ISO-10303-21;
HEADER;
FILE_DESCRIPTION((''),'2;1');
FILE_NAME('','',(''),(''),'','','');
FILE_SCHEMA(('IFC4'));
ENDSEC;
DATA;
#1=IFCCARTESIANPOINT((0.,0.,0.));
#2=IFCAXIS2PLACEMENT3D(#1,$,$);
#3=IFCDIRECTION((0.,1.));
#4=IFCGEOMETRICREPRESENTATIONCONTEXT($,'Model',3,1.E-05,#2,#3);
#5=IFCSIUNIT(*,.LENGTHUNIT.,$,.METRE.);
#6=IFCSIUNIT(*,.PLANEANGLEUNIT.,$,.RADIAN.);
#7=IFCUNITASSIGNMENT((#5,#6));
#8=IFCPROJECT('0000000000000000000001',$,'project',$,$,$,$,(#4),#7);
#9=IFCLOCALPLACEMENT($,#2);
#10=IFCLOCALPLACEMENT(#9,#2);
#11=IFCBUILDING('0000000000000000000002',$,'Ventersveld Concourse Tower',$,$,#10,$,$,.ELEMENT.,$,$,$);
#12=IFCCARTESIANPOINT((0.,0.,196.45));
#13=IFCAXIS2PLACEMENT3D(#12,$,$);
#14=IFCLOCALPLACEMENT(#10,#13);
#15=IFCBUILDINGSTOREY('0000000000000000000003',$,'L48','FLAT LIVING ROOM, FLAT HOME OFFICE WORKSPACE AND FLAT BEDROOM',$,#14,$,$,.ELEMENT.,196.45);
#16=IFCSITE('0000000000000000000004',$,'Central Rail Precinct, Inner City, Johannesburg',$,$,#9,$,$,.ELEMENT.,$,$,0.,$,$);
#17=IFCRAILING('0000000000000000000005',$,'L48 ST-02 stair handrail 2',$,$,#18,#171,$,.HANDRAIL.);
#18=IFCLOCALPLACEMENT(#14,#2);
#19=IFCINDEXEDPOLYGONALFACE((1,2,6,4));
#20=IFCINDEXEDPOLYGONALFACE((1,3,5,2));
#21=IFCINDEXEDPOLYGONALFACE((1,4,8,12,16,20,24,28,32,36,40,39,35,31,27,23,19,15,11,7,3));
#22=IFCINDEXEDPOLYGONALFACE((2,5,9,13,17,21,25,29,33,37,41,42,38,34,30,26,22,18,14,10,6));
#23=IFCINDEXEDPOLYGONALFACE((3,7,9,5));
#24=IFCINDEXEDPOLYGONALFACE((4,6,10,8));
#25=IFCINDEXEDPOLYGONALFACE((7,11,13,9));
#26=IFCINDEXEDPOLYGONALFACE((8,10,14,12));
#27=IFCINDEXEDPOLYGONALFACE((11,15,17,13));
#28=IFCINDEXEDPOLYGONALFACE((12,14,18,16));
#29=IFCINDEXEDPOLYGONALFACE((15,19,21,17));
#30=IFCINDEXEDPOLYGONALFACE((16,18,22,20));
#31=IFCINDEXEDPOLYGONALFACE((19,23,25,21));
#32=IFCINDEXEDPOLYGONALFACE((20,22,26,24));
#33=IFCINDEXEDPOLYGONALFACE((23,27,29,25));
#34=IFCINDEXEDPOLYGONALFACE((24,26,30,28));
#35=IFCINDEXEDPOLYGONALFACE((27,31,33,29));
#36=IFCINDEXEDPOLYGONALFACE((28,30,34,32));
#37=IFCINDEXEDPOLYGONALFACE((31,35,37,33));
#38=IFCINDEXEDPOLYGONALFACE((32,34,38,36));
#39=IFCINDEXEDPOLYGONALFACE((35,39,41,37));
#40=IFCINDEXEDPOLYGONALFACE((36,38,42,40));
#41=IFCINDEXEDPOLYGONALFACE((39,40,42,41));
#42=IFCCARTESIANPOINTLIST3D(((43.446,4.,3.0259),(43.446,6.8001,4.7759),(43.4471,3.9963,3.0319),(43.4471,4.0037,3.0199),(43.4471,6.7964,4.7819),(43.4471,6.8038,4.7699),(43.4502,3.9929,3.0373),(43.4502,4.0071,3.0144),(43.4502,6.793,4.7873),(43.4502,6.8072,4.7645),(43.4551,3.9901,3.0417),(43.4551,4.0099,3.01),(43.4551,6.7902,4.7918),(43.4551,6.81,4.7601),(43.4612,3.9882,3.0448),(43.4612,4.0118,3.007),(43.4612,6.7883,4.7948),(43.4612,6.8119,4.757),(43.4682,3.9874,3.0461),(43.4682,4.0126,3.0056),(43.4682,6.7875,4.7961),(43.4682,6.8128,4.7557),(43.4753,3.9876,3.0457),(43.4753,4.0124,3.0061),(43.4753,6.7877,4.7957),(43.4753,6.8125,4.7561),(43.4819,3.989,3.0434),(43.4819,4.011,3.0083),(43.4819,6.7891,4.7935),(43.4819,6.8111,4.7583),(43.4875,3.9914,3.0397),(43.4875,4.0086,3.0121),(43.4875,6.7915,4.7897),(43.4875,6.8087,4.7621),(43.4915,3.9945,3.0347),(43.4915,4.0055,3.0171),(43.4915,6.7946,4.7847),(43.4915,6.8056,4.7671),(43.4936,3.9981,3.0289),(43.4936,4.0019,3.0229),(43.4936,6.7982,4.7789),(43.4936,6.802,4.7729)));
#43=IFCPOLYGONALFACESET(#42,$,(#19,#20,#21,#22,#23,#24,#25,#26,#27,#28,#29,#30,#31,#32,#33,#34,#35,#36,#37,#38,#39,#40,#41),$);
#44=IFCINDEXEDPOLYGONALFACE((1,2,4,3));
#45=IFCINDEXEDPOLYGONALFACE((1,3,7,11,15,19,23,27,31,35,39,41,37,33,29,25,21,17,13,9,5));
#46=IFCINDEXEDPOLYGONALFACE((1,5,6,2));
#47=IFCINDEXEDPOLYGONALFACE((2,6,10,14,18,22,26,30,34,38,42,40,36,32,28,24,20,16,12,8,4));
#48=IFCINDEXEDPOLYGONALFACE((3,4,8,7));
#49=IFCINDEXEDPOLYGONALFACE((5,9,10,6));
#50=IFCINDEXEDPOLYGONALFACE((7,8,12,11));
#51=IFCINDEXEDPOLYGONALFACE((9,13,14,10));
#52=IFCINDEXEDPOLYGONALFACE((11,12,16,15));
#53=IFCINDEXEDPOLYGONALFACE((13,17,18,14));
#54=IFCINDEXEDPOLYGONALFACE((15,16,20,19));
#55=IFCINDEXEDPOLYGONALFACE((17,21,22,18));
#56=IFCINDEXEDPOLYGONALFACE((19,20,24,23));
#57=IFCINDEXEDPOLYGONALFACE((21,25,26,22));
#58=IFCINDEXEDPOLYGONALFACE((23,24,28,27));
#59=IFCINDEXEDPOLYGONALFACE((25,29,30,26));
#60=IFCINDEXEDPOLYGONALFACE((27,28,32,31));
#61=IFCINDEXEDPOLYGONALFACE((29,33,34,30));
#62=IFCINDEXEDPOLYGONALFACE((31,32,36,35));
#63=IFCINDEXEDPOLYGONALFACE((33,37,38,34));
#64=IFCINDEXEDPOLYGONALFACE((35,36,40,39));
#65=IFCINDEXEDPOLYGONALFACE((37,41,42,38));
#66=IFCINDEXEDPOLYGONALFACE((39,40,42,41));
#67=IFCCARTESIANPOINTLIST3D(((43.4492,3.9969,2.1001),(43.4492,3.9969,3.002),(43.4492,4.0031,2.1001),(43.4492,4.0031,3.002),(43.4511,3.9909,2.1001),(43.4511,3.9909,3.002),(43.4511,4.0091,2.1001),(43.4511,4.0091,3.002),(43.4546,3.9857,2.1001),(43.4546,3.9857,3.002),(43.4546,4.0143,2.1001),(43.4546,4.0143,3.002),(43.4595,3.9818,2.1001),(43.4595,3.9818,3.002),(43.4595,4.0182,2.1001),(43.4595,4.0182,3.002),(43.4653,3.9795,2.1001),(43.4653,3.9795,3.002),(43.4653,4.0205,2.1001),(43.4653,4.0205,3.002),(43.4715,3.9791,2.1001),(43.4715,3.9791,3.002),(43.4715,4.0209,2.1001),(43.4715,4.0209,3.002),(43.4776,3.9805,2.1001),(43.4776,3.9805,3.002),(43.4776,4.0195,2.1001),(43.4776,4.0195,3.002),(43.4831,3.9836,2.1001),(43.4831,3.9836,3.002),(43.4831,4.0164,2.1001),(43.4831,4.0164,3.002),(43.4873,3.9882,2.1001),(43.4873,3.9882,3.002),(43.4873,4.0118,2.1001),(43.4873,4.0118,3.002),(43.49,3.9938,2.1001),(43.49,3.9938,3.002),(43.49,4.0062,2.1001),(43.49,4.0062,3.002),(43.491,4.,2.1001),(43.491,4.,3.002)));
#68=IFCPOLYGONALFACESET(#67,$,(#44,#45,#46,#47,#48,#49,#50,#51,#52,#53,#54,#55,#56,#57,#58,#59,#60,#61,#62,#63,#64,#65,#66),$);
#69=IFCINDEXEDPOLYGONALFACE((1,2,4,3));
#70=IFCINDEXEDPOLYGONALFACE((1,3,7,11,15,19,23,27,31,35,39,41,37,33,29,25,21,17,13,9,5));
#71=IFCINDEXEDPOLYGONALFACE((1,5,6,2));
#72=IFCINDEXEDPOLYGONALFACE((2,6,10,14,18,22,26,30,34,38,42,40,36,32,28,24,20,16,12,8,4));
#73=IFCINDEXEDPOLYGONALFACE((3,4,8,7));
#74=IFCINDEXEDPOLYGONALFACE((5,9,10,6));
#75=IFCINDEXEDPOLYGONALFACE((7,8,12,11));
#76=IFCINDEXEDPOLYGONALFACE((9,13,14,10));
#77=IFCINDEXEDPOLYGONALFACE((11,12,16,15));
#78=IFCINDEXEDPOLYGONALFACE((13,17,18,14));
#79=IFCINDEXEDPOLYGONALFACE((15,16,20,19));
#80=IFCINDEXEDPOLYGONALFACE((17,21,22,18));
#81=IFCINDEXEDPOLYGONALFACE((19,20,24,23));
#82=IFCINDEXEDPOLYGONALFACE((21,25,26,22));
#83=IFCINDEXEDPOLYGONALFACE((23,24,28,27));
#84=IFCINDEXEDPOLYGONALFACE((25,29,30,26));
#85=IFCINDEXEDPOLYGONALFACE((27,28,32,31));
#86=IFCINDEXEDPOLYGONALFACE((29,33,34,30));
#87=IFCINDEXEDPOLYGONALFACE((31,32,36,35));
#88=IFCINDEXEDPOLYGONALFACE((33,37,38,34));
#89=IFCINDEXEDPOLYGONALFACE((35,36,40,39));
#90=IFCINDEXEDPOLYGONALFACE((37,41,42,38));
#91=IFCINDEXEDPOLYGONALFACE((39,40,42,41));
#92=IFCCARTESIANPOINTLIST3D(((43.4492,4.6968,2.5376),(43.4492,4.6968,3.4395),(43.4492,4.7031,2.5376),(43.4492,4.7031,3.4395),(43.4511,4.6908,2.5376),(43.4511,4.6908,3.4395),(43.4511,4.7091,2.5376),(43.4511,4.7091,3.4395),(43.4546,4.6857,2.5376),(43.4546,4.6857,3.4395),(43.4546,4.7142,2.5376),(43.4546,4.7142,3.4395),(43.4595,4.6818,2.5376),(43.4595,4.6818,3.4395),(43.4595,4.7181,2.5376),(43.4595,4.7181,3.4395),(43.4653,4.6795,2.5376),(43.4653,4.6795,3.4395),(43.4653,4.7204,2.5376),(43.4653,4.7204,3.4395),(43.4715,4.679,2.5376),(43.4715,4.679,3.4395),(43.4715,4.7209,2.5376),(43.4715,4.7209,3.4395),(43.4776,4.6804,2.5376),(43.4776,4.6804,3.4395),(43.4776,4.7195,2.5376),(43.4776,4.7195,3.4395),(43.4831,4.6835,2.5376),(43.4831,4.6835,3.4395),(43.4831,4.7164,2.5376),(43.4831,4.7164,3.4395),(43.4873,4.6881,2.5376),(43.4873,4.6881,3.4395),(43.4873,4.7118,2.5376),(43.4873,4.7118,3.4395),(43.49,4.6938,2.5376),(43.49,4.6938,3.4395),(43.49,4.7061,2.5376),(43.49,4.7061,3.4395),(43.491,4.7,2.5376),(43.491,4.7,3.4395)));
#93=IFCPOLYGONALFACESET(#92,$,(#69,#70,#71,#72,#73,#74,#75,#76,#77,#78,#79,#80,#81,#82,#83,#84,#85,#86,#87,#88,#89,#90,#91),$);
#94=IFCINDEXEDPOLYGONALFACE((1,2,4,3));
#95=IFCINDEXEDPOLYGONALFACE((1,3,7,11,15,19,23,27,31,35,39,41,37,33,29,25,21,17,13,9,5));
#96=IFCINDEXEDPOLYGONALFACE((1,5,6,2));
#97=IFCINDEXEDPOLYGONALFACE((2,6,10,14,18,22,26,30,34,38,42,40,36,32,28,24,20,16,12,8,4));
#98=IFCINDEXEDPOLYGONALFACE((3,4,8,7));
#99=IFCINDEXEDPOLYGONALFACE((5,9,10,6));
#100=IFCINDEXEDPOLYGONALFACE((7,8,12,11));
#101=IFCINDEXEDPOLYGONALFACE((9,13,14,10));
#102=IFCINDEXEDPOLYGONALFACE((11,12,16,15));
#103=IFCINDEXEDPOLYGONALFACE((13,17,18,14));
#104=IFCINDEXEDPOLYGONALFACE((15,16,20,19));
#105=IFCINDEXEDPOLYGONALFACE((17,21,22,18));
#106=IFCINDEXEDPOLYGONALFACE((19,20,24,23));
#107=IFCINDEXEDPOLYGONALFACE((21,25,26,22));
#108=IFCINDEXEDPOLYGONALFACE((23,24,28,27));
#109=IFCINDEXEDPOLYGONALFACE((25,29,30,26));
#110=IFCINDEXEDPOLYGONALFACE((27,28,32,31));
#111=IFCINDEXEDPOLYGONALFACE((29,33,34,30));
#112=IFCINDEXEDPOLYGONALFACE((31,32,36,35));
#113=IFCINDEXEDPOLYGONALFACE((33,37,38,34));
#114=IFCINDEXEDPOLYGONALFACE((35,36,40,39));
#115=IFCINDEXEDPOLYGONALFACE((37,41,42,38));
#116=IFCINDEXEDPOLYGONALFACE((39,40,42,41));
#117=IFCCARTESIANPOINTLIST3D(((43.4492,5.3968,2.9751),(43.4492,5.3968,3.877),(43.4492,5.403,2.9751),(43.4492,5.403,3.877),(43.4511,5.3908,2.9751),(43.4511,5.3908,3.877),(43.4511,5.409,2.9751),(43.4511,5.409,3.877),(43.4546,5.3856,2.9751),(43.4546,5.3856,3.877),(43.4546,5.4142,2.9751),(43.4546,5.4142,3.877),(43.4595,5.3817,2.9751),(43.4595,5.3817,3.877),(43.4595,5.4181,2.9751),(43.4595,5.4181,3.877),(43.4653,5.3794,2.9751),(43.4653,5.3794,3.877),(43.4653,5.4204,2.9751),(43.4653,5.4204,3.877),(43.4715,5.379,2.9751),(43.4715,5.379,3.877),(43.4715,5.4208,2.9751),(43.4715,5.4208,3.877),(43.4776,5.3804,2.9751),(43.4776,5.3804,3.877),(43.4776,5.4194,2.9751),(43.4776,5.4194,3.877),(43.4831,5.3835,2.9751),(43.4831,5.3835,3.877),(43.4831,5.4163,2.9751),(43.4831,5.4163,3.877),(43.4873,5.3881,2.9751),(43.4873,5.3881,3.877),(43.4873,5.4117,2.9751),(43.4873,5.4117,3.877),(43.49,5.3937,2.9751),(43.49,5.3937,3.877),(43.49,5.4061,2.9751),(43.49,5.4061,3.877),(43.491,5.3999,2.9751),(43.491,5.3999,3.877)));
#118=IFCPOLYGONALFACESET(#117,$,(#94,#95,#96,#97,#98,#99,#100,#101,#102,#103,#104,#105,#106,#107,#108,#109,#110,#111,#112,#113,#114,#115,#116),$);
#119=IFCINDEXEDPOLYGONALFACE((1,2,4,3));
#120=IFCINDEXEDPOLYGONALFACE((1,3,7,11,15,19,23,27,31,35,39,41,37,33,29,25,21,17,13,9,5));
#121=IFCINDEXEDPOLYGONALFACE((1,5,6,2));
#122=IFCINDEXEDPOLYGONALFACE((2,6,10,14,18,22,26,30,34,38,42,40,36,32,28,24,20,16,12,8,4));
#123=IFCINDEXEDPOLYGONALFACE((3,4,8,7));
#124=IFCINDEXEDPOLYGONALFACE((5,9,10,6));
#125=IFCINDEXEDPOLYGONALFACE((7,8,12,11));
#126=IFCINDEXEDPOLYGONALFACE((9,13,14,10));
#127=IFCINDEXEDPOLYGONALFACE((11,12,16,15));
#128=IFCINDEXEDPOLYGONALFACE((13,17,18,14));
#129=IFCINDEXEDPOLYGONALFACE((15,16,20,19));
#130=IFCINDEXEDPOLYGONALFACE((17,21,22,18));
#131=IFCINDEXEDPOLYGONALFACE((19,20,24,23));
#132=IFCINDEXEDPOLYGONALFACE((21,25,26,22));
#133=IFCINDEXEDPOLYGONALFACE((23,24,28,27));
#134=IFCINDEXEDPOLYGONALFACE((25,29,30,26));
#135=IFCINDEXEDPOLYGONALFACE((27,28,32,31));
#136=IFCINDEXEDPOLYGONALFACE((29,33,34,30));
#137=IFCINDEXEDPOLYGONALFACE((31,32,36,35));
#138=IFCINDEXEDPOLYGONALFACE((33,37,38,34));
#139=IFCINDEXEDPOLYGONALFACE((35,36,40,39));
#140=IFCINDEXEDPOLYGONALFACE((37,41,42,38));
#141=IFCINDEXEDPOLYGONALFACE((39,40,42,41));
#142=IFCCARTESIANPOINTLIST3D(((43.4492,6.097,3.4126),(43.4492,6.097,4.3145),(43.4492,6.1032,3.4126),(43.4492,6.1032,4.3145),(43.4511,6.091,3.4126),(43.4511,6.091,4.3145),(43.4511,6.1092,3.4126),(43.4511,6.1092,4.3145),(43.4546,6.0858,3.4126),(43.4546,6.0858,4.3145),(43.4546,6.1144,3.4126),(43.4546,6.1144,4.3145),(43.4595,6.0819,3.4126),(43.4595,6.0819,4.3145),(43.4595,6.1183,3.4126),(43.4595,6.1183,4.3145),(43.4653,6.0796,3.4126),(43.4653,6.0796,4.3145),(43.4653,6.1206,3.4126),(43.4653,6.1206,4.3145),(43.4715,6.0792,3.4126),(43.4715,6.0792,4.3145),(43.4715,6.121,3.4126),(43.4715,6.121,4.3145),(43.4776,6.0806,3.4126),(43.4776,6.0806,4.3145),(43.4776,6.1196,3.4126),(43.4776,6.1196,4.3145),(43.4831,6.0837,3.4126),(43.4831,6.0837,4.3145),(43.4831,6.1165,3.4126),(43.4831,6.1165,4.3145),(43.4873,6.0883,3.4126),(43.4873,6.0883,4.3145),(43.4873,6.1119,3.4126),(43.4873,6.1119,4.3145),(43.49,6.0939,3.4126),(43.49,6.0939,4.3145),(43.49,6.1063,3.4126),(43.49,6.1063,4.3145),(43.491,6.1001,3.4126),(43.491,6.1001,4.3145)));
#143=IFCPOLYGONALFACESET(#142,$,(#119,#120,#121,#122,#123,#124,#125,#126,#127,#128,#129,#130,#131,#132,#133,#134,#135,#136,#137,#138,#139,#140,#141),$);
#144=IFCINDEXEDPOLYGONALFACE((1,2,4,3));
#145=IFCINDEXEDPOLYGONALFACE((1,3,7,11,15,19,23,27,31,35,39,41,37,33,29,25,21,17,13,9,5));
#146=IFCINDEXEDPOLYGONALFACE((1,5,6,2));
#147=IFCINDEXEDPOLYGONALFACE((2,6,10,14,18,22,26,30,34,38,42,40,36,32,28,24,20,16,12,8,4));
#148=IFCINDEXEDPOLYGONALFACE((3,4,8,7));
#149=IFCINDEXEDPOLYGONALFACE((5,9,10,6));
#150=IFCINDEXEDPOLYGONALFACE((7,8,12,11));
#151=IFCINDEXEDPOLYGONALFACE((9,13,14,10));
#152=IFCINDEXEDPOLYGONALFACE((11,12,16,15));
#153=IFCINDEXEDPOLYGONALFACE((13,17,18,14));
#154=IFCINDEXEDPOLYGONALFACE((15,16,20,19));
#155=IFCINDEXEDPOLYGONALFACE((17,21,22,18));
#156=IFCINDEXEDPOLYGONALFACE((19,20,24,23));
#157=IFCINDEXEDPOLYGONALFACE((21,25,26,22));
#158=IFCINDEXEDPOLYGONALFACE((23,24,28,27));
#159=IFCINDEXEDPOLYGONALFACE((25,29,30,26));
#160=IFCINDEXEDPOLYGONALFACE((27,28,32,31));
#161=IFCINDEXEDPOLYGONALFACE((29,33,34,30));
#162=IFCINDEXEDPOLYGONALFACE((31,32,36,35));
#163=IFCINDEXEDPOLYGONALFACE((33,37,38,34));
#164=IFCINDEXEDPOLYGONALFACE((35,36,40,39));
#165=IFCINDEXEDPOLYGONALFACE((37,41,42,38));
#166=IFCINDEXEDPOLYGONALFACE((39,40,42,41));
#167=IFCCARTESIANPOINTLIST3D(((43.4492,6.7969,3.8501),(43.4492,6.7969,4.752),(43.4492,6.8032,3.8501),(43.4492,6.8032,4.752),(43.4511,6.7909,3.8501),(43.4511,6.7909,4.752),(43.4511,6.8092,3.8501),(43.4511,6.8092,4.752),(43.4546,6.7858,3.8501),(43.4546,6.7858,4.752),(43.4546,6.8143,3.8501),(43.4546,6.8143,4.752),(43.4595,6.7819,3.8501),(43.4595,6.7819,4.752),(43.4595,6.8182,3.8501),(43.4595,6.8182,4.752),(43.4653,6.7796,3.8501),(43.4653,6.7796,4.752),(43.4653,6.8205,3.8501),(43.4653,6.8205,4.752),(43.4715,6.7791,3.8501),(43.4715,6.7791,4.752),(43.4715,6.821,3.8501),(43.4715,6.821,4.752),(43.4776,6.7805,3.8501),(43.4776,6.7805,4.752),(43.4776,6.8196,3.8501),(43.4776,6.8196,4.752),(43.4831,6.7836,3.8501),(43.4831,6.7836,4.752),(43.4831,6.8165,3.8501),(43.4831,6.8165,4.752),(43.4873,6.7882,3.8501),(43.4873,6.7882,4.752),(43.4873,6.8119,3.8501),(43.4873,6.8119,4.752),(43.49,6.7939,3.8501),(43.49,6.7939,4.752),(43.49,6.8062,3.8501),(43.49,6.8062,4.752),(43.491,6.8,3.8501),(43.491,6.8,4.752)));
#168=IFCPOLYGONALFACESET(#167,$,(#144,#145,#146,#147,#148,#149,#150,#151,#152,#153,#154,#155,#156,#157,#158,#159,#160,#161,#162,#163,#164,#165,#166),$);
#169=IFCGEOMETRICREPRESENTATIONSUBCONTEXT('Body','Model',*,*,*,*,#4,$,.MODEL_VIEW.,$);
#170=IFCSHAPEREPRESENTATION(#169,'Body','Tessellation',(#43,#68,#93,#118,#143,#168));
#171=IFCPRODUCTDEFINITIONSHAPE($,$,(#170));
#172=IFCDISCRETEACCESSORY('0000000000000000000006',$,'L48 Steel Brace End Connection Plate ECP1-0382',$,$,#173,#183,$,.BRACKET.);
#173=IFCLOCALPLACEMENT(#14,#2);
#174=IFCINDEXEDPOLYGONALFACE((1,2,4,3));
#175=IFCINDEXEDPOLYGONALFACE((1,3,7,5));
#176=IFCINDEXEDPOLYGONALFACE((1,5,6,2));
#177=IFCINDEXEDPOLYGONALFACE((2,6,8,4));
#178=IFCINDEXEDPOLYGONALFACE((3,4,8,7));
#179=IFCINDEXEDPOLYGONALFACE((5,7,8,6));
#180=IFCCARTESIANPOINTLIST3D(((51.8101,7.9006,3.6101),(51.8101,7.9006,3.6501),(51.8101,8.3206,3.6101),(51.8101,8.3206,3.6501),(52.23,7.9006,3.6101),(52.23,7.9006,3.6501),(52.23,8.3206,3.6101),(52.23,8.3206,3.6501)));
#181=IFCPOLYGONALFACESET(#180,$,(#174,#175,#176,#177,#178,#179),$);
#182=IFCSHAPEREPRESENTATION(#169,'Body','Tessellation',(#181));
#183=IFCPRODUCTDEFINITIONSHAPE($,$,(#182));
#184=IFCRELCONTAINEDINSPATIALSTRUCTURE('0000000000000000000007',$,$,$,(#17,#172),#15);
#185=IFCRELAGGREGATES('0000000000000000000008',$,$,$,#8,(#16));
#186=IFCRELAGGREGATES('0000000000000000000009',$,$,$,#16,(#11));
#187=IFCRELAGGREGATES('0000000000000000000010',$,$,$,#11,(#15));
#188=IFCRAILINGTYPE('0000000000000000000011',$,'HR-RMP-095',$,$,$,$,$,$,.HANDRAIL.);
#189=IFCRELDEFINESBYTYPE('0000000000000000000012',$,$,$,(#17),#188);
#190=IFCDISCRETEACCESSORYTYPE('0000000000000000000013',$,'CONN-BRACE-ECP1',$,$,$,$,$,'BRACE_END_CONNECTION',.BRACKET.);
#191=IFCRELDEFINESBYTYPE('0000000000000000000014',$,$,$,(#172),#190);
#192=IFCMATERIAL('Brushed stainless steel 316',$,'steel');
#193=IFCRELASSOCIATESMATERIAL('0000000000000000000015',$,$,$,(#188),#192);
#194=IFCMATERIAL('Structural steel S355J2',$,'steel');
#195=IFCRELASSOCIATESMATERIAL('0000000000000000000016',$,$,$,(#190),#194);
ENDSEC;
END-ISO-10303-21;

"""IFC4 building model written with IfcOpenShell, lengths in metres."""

from ifc_helpers import new_model, si_unit, direction, frame, origin, origin_2d, place, context, subcontext, project, spatial, rectangle, circle, extrude, material, type_object, element, save


model = new_model("IFC4")

# Units and contexts
model_context = context("Model", 3, precision=1e-05, world=origin(), true_north=direction((0.0, 1.0)))
body_context = subcontext(model_context, "Body", "Model", "MODEL_VIEW")
ifc_project = project(units=[si_unit("LENGTHUNIT", "METRE"), si_unit("PLANEANGLEUNIT", "RADIAN")], contexts=[model_context])

# Site, building, storey
site_placement = place(None, origin())
site = spatial("IfcSite", under=ifc_project, at=site_placement, Name="Central Rail Precinct, Inner City, Johannesburg", CompositionType="ELEMENT", RefElevation=0.0)
building_placement = place(site_placement, origin())
building = spatial("IfcBuilding", under=site, at=building_placement, Name="Ventersveld Concourse Tower", CompositionType="ELEMENT")
storey_placement = place(building_placement, frame((0.0, 0.0, 196.45)))
storey = spatial("IfcBuildingStorey", under=building, at=storey_placement, Name="L48", Description="FLAT LIVING ROOM, FLAT HOME OFFICE WORKSPACE AND FLAT BEDROOM", CompositionType="ELEMENT", Elevation=196.45)

# Shared definitions
ifc_material_1 = material(Name="Structural steel S355J2", Category="steel")

# Railing
ifc_material_2 = material(Name="Brushed stainless steel 316", Category="steel")
railing_type = type_object("IfcRailingType", Name="HR-RMP-095", PredefinedType="HANDRAIL", material=ifc_material_2)
railing_placement = place(storey_placement, frame((43.47, 4.0, 2.1001)))
element("IfcRailing", 1, at=railing_placement, inside=storey, type_object=railing_type, Name="L48 ST-02 stair handrail 2", PredefinedType="HANDRAIL", context=body_context, shape_type="SweptSolid", body=[
    extrude(circle(Radius=0.0239, at=origin_2d()), frame((0.0, 0.0, 0.9258), z_axis=(0.0, 0.848002, 0.529992), x_axis=(-1.0, 0.0, 0.0)), (0.0, 0.0, 1.0), 3.302),
    extrude(circle(Radius=0.021, at=origin_2d()), origin(), (0.0, 0.0, 1.0), 0.9019),
    extrude(circle(Radius=0.021, at=origin_2d()), frame((0.0, 0.7, 0.4375)), (0.0, 0.0, 1.0), 0.9019),
    extrude(circle(Radius=0.021, at=origin_2d()), frame((0.0, 1.3999, 0.875)), (0.0, 0.0, 1.0), 0.9019),
    extrude(circle(Radius=0.021, at=origin_2d()), frame((0.0, 2.1001, 1.3125)), (0.0, 0.0, 1.0), 0.9019),
    extrude(circle(Radius=0.021, at=origin_2d()), frame((0.0, 2.8, 1.75)), (0.0, 0.0, 1.0), 0.9019),
])

# Discrete accessory
discrete_accessory_type = type_object("IfcDiscreteAccessoryType", Name="CONN-BRACE-ECP1", ElementType="BRACE_END_CONNECTION", PredefinedType="BRACKET", material=ifc_material_1)
discrete_accessory_placement = place(storey_placement, frame((52.02, 8.1106, 3.6101), z_axis=(0.0, 0.0, 1.0), x_axis=(1.0, 0.0, 0.0)))
element("IfcDiscreteAccessory", 2, at=discrete_accessory_placement, inside=storey, type_object=discrete_accessory_type, Name="L48 Steel Brace End Connection Plate ECP1-0382", PredefinedType="BRACKET", context=body_context, shape_type="SweptSolid", body=[
    extrude(rectangle(XDim=0.4199, YDim=0.4199, at=origin_2d()), origin(), (0.0, 0.0, 1.0), 0.04),
])

save(model, "model.ifc")
